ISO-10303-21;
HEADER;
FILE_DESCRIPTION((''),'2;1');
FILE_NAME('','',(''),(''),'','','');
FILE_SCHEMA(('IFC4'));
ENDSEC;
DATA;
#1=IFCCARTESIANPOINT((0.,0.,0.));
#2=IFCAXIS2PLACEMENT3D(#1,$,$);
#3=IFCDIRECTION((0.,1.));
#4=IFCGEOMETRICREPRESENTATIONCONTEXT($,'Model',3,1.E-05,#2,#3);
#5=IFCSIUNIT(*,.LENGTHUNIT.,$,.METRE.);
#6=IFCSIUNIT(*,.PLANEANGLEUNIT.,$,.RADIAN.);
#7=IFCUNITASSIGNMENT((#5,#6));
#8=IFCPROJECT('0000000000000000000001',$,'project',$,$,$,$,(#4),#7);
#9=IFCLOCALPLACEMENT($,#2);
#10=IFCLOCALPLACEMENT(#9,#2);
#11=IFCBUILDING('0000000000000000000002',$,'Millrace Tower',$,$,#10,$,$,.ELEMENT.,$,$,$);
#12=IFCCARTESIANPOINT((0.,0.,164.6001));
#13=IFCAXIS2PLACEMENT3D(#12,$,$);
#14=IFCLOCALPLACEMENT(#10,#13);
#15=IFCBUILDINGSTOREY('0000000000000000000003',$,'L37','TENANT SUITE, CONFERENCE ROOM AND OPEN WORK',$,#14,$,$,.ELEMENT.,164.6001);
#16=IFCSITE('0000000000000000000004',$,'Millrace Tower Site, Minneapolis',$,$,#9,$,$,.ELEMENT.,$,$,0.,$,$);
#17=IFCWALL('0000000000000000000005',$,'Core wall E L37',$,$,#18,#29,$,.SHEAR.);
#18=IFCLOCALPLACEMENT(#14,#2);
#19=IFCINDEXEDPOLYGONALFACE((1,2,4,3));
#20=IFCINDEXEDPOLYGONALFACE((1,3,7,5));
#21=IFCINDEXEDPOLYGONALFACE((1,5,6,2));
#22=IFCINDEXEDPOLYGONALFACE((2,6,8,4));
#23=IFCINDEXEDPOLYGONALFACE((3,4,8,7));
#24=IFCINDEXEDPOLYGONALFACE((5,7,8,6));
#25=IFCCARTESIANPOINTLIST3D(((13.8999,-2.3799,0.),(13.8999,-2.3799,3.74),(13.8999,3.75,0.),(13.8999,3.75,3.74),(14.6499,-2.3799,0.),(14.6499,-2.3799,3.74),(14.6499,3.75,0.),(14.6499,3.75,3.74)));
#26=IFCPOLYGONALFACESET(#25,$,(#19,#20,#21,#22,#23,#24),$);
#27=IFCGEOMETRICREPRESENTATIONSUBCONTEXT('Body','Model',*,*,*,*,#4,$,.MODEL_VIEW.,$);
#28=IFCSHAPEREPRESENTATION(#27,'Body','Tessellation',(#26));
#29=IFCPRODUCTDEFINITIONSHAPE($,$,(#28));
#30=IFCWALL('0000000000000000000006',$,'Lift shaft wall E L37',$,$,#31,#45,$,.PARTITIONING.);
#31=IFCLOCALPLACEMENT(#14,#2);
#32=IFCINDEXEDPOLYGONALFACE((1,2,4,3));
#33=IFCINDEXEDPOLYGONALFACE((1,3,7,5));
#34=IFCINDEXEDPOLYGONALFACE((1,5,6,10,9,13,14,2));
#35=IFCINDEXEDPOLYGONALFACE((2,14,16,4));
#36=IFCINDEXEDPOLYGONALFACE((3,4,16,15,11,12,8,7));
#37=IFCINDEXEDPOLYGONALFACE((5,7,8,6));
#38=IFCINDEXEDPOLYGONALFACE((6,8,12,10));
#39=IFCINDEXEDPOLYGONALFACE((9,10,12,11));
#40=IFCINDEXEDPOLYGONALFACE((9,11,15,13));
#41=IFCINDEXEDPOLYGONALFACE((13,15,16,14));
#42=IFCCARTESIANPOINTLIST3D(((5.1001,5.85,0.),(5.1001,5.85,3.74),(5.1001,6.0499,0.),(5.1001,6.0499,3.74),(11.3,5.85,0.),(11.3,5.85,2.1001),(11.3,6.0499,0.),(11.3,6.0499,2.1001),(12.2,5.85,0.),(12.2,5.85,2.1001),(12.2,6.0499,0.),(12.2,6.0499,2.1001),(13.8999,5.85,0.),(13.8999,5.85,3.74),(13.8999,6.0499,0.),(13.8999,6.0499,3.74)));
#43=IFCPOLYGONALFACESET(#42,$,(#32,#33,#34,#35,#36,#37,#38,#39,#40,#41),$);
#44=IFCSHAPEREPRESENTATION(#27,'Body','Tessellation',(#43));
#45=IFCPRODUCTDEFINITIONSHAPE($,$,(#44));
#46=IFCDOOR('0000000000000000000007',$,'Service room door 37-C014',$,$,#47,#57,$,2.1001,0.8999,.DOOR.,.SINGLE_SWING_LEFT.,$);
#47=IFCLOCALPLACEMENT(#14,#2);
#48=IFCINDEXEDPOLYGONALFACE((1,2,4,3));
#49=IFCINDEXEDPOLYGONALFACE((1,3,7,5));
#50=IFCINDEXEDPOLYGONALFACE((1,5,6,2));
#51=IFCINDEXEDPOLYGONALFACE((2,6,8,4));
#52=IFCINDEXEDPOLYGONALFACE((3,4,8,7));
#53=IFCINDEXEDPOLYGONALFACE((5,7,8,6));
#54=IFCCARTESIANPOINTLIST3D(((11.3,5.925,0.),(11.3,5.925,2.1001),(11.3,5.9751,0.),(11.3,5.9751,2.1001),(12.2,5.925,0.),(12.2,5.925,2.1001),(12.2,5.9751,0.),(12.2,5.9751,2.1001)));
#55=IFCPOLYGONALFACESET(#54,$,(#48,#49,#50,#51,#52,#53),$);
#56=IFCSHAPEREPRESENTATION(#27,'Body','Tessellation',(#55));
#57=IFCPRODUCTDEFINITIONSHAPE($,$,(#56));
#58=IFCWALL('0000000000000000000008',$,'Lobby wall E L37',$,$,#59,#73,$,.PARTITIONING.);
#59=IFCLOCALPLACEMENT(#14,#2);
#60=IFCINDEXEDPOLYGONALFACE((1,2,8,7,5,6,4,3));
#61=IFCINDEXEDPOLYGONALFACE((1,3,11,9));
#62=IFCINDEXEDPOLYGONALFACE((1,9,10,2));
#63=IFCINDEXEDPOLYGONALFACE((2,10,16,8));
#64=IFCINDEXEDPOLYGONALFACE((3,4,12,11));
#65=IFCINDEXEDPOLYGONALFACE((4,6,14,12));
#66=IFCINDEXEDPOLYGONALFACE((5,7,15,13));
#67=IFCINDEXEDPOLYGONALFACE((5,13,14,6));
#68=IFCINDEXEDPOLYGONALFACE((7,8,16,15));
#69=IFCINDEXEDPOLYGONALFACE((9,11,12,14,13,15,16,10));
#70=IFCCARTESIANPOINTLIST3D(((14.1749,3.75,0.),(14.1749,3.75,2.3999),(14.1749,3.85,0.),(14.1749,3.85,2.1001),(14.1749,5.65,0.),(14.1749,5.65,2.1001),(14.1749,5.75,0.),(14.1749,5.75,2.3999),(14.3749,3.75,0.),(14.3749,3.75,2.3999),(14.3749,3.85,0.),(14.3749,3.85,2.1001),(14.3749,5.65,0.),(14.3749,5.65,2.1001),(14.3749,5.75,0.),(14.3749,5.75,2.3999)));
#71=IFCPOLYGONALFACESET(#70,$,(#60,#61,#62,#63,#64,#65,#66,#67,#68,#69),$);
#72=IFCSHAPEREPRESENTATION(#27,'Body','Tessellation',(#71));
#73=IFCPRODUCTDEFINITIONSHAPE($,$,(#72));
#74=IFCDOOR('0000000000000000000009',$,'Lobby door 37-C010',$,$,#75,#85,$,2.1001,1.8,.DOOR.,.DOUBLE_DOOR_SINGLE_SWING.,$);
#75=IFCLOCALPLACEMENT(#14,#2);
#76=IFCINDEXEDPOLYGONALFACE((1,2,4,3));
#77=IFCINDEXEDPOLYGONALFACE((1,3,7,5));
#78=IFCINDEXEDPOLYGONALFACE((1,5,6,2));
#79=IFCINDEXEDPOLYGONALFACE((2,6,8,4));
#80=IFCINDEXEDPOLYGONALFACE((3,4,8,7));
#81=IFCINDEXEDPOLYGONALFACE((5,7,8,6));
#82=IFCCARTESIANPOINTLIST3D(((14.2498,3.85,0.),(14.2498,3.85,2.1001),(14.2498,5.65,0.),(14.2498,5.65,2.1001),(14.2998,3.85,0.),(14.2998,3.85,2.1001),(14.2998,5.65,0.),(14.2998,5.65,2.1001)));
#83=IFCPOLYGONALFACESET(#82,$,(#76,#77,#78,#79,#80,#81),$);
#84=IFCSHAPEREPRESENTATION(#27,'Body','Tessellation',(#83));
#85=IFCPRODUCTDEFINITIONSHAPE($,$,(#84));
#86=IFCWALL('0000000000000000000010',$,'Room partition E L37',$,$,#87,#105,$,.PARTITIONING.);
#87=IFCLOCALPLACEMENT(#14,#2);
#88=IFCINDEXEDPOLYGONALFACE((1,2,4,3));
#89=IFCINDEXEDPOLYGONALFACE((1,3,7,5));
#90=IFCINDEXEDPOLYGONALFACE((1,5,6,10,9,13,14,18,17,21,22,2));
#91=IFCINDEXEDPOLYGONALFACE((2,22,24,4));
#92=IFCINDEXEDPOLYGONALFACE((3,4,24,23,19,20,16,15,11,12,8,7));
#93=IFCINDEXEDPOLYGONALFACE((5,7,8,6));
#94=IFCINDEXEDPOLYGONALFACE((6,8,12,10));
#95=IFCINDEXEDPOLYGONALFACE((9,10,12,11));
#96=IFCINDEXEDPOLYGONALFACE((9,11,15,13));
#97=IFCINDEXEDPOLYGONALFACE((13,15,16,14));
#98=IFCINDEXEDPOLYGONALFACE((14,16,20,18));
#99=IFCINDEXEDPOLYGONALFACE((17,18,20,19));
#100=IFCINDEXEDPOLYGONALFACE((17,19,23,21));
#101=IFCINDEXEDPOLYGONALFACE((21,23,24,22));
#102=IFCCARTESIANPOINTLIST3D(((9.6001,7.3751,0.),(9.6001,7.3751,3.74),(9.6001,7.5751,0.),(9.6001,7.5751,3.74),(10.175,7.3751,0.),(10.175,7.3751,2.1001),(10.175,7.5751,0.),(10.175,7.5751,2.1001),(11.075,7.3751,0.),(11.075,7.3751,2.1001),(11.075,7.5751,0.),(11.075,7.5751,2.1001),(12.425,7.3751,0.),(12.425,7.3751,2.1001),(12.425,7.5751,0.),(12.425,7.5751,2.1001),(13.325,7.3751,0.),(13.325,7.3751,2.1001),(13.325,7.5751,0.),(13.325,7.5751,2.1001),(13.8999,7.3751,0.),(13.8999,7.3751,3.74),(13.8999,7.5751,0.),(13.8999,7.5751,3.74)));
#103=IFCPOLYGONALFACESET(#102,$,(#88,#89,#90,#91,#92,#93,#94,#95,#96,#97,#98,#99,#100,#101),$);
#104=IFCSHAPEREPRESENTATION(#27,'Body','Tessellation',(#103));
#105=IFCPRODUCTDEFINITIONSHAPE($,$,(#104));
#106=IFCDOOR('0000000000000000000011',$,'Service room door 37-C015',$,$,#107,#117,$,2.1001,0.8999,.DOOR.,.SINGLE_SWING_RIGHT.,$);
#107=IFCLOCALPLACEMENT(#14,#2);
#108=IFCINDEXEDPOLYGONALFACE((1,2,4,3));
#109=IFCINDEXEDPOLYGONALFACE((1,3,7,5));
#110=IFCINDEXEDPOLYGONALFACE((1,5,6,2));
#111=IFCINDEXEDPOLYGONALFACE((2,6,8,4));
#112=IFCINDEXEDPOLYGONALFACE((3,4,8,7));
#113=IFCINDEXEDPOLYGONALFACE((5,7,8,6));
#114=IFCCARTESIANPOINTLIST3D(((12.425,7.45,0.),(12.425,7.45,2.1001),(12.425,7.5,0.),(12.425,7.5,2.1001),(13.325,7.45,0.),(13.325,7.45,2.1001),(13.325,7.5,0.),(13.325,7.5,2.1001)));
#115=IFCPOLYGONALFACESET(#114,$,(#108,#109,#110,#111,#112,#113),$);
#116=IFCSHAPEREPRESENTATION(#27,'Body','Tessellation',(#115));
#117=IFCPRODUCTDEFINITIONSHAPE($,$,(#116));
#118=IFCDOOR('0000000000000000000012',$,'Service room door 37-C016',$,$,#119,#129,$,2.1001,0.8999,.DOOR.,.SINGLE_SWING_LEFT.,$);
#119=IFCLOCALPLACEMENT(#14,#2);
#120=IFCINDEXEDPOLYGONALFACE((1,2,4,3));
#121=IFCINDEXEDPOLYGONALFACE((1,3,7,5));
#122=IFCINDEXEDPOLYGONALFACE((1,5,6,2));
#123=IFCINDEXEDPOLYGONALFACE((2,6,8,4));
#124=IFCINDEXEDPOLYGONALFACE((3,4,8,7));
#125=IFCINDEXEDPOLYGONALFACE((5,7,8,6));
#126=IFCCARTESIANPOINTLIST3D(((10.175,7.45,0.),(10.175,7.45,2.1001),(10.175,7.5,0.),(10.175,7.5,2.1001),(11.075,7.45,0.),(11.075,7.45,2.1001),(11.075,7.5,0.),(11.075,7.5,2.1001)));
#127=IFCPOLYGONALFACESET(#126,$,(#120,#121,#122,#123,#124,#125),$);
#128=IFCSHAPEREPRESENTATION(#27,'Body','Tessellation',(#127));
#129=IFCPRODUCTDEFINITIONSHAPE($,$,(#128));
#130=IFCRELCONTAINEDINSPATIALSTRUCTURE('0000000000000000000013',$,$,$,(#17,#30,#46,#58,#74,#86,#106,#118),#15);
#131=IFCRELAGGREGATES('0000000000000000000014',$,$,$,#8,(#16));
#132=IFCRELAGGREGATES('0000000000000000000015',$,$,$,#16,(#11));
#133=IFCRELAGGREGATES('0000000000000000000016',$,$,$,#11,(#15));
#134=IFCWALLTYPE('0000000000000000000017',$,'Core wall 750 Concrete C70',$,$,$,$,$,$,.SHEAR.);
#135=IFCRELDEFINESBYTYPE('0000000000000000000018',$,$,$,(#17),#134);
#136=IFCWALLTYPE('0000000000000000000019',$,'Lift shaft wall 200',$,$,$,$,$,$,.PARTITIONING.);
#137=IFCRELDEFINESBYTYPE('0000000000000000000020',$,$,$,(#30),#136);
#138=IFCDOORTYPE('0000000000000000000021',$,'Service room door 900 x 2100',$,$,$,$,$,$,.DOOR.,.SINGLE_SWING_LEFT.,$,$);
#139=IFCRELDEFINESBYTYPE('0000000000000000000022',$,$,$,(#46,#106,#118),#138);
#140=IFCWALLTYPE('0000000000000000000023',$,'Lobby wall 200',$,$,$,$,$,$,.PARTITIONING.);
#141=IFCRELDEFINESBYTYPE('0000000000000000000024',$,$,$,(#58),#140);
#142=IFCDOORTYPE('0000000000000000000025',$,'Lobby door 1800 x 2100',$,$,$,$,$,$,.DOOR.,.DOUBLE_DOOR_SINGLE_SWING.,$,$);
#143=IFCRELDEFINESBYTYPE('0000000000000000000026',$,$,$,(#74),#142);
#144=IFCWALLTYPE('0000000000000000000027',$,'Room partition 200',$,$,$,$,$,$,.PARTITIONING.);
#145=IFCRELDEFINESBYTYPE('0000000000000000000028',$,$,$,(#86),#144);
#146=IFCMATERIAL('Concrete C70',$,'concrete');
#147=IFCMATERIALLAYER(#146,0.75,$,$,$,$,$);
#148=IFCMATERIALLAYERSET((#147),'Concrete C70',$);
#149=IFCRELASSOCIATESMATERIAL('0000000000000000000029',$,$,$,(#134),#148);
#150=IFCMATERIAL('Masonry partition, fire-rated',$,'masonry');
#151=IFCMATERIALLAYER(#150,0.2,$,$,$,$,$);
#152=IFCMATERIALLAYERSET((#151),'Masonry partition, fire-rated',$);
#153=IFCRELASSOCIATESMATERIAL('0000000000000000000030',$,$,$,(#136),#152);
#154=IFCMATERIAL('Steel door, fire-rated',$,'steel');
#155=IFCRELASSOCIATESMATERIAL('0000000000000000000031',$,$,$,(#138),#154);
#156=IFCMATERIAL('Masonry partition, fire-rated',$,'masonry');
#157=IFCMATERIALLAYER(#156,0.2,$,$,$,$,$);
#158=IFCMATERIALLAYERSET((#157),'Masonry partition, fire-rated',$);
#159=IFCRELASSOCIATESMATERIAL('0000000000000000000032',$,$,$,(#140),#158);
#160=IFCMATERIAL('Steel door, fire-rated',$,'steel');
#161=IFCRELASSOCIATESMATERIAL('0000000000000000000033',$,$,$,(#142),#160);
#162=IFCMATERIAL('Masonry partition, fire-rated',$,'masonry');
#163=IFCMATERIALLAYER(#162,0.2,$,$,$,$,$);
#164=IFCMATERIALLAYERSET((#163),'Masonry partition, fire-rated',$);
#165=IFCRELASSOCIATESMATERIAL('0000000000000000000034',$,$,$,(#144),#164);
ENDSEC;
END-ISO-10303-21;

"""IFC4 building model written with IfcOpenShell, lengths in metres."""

from ifc_helpers import new_model, si_unit, direction, frame, frame_2d, origin, place, context, subcontext, project, spatial, rectangle, extrude, material, layer, layer_set, type_object, element, fill, save


model = new_model("IFC4")

# Units and contexts
model_context = context("Model", 3, precision=1e-05, world=origin(), true_north=direction((0.0, 1.0)))
body_context = subcontext(model_context, "Body", "Model", "MODEL_VIEW")
ifc_project = project(units=[si_unit("LENGTHUNIT", "METRE"), si_unit("PLANEANGLEUNIT", "RADIAN")], contexts=[model_context])

# Site, building, storey
site_placement = place(None, origin())
site = spatial("IfcSite", under=ifc_project, at=site_placement, Name="Millrace Tower Site, Minneapolis", CompositionType="ELEMENT", RefElevation=0.0)
building_placement = place(site_placement, origin())
building = spatial("IfcBuilding", under=site, at=building_placement, Name="Millrace Tower", CompositionType="ELEMENT")
storey_placement = place(building_placement, frame((0.0, 0.0, 164.6001)))
storey = spatial("IfcBuildingStorey", under=building, at=storey_placement, Name="L37", Description="TENANT SUITE, CONFERENCE ROOM AND OPEN WORK", CompositionType="ELEMENT", Elevation=164.6001)

# Wall
ifc_material_1 = material(Name="Concrete C70", Category="concrete")
ifc_layer_1 = layer(ifc_material_1, 0.75)
ifc_layer_set_1 = layer_set([ifc_layer_1], Name="Concrete C70")
wall_type_1 = type_object("IfcWallType", Name="Core wall 750 Concrete C70", PredefinedType="SHEAR", material=ifc_layer_set_1)
wall_1_placement = place(storey_placement, frame((14.2749, 3.75, 0.0), z_axis=(0.0, 0.0, 1.0), x_axis=(0.0, -1.0, 0.0)))
element("IfcWall", 1, at=wall_1_placement, inside=storey, type_object=wall_type_1, Name="Core wall E L37", PredefinedType="SHEAR", context=body_context, shape_type="SweptSolid", body=[
    extrude(rectangle(XDim=6.1299, YDim=0.75, at=frame_2d((3.0649, 0.0))), origin(), (0.0, 0.0, 1.0), 3.74),
])

# Walls, openings, doors
ifc_material_2 = material(Name="Masonry partition, fire-rated", Category="masonry")
ifc_layer_2 = layer(ifc_material_2, 0.2)
ifc_layer_set_2 = layer_set([ifc_layer_2], Name="Masonry partition, fire-rated")
wall_type_2 = type_object("IfcWallType", Name="Lift shaft wall 200", PredefinedType="PARTITIONING", material=ifc_layer_set_2)
wall_2_placement = place(storey_placement, frame((13.8999, 5.95, 0.0), z_axis=(0.0, 0.0, 1.0), x_axis=(-1.0, 0.0, 0.0)))
wall_2 = element("IfcWall", 2, at=wall_2_placement, inside=storey, type_object=wall_type_2, Name="Lift shaft wall E L37", PredefinedType="PARTITIONING", context=body_context, shape_type="SweptSolid", body=[
    extrude(rectangle(XDim=8.7998, YDim=0.2, at=frame_2d((4.3999, 0.0))), origin(), (0.0, 0.0, 1.0), 3.74),
])
opening_1_placement = place(wall_2_placement, frame((1.7, 0.0, 0.0)))
opening_1 = element("IfcOpeningElement", 3, at=opening_1_placement, cuts=wall_2, PredefinedType="OPENING", context=body_context, shape_type="SweptSolid", body=[
    extrude(rectangle(XDim=0.8999, YDim=2.1001, at=frame_2d((0.45, 1.05))), frame((0.0, 0.1099, 0.0), z_axis=(0.0, -1.0, 0.0), x_axis=(1.0, 0.0, 0.0)), (0.0, 0.0, 1.0), 0.22),
])
ifc_material_3 = material(Name="Steel door, fire-rated", Category="steel")
door_type_1 = type_object("IfcDoorType", Name="Service room door 900 x 2100", OperationType="SINGLE_SWING_LEFT", PredefinedType="DOOR", material=ifc_material_3)
door_1_placement = place(opening_1_placement, origin())
door_1 = element("IfcDoor", 4, at=door_1_placement, inside=storey, type_object=door_type_1, Name="Service room door 37-C014", OperationType="SINGLE_SWING_LEFT", OverallHeight=2.1001, OverallWidth=0.8999, PredefinedType="DOOR", context=body_context, shape_type="SweptSolid", body=[
    extrude(rectangle(XDim=0.8999, YDim=2.1001, at=frame_2d((0.45, 1.05))), frame((0.0, 0.0249, 0.0), z_axis=(0.0, -1.0, 0.0), x_axis=(1.0, 0.0, 0.0)), (0.0, 0.0, 1.0), 0.05),
])
fill(opening_1, door_1)
ifc_material_4 = material(Name="Masonry partition, fire-rated", Category="masonry")
ifc_layer_3 = layer(ifc_material_4, 0.2)
ifc_layer_set_3 = layer_set([ifc_layer_3], Name="Masonry partition, fire-rated")
wall_type_3 = type_object("IfcWallType", Name="Lobby wall 200", PredefinedType="PARTITIONING", material=ifc_layer_set_3)
wall_3_placement = place(storey_placement, frame((14.2749, 5.75, 0.0), z_axis=(0.0, 0.0, 1.0), x_axis=(0.0, -1.0, 0.0)))
wall_3 = element("IfcWall", 5, at=wall_3_placement, inside=storey, type_object=wall_type_3, Name="Lobby wall E L37", PredefinedType="PARTITIONING", context=body_context, shape_type="SweptSolid", body=[
    extrude(rectangle(XDim=2.0, YDim=0.2, at=frame_2d((1.0, 0.0))), origin(), (0.0, 0.0, 1.0), 2.3999),
])
opening_2_placement = place(wall_3_placement, frame((0.1001, 0.0, 0.0)))
opening_2 = element("IfcOpeningElement", 6, at=opening_2_placement, cuts=wall_3, PredefinedType="OPENING", context=body_context, shape_type="SweptSolid", body=[
    extrude(rectangle(XDim=1.8, YDim=2.1001, at=frame_2d((0.8999, 1.05))), frame((0.0, 0.1099, 0.0), z_axis=(0.0, -1.0, 0.0), x_axis=(1.0, 0.0, 0.0)), (0.0, 0.0, 1.0), 0.22),
])
ifc_material_5 = material(Name="Steel door, fire-rated", Category="steel")
door_type_2 = type_object("IfcDoorType", Name="Lobby door 1800 x 2100", OperationType="DOUBLE_DOOR_SINGLE_SWING", PredefinedType="DOOR", material=ifc_material_5)
door_2_placement = place(opening_2_placement, origin())
door_2 = element("IfcDoor", 7, at=door_2_placement, inside=storey, type_object=door_type_2, Name="Lobby door 37-C010", OperationType="DOUBLE_DOOR_SINGLE_SWING", OverallHeight=2.1001, OverallWidth=1.8, PredefinedType="DOOR", context=body_context, shape_type="SweptSolid", body=[
    extrude(rectangle(XDim=1.8, YDim=2.1001, at=frame_2d((0.8999, 1.05))), frame((0.0, 0.0249, 0.0), z_axis=(0.0, -1.0, 0.0), x_axis=(1.0, 0.0, 0.0)), (0.0, 0.0, 1.0), 0.05),
])
fill(opening_2, door_2)

# Wall, openings, doors
ifc_material_6 = material(Name="Masonry partition, fire-rated", Category="masonry")
ifc_layer_4 = layer(ifc_material_6, 0.2)
ifc_layer_set_4 = layer_set([ifc_layer_4], Name="Masonry partition, fire-rated")
wall_type_4 = type_object("IfcWallType", Name="Room partition 200", PredefinedType="PARTITIONING", material=ifc_layer_set_4)
wall_4_placement = place(storey_placement, frame((13.8999, 7.4751, 0.0), z_axis=(0.0, 0.0, 1.0), x_axis=(-1.0, 0.0, 0.0)))
wall_4 = element("IfcWall", 8, at=wall_4_placement, inside=storey, type_object=wall_type_4, Name="Room partition E L37", PredefinedType="PARTITIONING", context=body_context, shape_type="SweptSolid", body=[
    extrude(rectangle(XDim=4.2998, YDim=0.2, at=frame_2d((2.1499, 0.0))), origin(), (0.0, 0.0, 1.0), 3.74),
])
opening_3_placement = place(wall_4_placement, frame((0.575, 0.0, 0.0)))
opening_3 = element("IfcOpeningElement", 9, at=opening_3_placement, cuts=wall_4, PredefinedType="OPENING", context=body_context, shape_type="SweptSolid", body=[
    extrude(rectangle(XDim=0.8999, YDim=2.1001, at=frame_2d((0.45, 1.05))), frame((0.0, 0.1099, 0.0), z_axis=(0.0, -1.0, 0.0), x_axis=(1.0, 0.0, 0.0)), (0.0, 0.0, 1.0), 0.22),
])
opening_4_placement = place(wall_4_placement, frame((2.825, 0.0, 0.0)))
opening_4 = element("IfcOpeningElement", 10, at=opening_4_placement, cuts=wall_4, PredefinedType="OPENING", context=body_context, shape_type="SweptSolid", body=[
    extrude(rectangle(XDim=0.8999, YDim=2.1001, at=frame_2d((0.45, 1.05))), frame((0.0, 0.1099, 0.0), z_axis=(0.0, -1.0, 0.0), x_axis=(1.0, 0.0, 0.0)), (0.0, 0.0, 1.0), 0.22),
])
door_3_placement = place(opening_3_placement, frame((0.8999, 0.0, 0.0), z_axis=(0.0, 0.0, 1.0), x_axis=(-1.0, 0.0, 0.0)))
door_3 = element("IfcDoor", 11, at=door_3_placement, inside=storey, type_object=door_type_1, Name="Service room door 37-C015", OperationType="SINGLE_SWING_RIGHT", OverallHeight=2.1001, OverallWidth=0.8999, PredefinedType="DOOR", context=body_context, shape_type="SweptSolid", body=[
    extrude(rectangle(XDim=0.8999, YDim=2.1001, at=frame_2d((0.45, 1.05))), frame((0.0, 0.0249, 0.0), z_axis=(0.0, -1.0, 0.0), x_axis=(1.0, 0.0, 0.0)), (0.0, 0.0, 1.0), 0.05),
])
fill(opening_3, door_3)
door_4_placement = place(opening_4_placement, frame((0.8999, 0.0, 0.0), z_axis=(0.0, 0.0, 1.0), x_axis=(-1.0, 0.0, 0.0)))
door_4 = element("IfcDoor", 12, at=door_4_placement, inside=storey, type_object=door_type_1, Name="Service room door 37-C016", OperationType="SINGLE_SWING_LEFT", OverallHeight=2.1001, OverallWidth=0.8999, PredefinedType="DOOR", context=body_context, shape_type="SweptSolid", body=[
    extrude(rectangle(XDim=0.8999, YDim=2.1001, at=frame_2d((0.45, 1.05))), frame((0.0, 0.0249, 0.0), z_axis=(0.0, -1.0, 0.0), x_axis=(1.0, 0.0, 0.0)), (0.0, 0.0, 1.0), 0.05),
])
fill(opening_4, door_4)

save(model, "model.ifc")
